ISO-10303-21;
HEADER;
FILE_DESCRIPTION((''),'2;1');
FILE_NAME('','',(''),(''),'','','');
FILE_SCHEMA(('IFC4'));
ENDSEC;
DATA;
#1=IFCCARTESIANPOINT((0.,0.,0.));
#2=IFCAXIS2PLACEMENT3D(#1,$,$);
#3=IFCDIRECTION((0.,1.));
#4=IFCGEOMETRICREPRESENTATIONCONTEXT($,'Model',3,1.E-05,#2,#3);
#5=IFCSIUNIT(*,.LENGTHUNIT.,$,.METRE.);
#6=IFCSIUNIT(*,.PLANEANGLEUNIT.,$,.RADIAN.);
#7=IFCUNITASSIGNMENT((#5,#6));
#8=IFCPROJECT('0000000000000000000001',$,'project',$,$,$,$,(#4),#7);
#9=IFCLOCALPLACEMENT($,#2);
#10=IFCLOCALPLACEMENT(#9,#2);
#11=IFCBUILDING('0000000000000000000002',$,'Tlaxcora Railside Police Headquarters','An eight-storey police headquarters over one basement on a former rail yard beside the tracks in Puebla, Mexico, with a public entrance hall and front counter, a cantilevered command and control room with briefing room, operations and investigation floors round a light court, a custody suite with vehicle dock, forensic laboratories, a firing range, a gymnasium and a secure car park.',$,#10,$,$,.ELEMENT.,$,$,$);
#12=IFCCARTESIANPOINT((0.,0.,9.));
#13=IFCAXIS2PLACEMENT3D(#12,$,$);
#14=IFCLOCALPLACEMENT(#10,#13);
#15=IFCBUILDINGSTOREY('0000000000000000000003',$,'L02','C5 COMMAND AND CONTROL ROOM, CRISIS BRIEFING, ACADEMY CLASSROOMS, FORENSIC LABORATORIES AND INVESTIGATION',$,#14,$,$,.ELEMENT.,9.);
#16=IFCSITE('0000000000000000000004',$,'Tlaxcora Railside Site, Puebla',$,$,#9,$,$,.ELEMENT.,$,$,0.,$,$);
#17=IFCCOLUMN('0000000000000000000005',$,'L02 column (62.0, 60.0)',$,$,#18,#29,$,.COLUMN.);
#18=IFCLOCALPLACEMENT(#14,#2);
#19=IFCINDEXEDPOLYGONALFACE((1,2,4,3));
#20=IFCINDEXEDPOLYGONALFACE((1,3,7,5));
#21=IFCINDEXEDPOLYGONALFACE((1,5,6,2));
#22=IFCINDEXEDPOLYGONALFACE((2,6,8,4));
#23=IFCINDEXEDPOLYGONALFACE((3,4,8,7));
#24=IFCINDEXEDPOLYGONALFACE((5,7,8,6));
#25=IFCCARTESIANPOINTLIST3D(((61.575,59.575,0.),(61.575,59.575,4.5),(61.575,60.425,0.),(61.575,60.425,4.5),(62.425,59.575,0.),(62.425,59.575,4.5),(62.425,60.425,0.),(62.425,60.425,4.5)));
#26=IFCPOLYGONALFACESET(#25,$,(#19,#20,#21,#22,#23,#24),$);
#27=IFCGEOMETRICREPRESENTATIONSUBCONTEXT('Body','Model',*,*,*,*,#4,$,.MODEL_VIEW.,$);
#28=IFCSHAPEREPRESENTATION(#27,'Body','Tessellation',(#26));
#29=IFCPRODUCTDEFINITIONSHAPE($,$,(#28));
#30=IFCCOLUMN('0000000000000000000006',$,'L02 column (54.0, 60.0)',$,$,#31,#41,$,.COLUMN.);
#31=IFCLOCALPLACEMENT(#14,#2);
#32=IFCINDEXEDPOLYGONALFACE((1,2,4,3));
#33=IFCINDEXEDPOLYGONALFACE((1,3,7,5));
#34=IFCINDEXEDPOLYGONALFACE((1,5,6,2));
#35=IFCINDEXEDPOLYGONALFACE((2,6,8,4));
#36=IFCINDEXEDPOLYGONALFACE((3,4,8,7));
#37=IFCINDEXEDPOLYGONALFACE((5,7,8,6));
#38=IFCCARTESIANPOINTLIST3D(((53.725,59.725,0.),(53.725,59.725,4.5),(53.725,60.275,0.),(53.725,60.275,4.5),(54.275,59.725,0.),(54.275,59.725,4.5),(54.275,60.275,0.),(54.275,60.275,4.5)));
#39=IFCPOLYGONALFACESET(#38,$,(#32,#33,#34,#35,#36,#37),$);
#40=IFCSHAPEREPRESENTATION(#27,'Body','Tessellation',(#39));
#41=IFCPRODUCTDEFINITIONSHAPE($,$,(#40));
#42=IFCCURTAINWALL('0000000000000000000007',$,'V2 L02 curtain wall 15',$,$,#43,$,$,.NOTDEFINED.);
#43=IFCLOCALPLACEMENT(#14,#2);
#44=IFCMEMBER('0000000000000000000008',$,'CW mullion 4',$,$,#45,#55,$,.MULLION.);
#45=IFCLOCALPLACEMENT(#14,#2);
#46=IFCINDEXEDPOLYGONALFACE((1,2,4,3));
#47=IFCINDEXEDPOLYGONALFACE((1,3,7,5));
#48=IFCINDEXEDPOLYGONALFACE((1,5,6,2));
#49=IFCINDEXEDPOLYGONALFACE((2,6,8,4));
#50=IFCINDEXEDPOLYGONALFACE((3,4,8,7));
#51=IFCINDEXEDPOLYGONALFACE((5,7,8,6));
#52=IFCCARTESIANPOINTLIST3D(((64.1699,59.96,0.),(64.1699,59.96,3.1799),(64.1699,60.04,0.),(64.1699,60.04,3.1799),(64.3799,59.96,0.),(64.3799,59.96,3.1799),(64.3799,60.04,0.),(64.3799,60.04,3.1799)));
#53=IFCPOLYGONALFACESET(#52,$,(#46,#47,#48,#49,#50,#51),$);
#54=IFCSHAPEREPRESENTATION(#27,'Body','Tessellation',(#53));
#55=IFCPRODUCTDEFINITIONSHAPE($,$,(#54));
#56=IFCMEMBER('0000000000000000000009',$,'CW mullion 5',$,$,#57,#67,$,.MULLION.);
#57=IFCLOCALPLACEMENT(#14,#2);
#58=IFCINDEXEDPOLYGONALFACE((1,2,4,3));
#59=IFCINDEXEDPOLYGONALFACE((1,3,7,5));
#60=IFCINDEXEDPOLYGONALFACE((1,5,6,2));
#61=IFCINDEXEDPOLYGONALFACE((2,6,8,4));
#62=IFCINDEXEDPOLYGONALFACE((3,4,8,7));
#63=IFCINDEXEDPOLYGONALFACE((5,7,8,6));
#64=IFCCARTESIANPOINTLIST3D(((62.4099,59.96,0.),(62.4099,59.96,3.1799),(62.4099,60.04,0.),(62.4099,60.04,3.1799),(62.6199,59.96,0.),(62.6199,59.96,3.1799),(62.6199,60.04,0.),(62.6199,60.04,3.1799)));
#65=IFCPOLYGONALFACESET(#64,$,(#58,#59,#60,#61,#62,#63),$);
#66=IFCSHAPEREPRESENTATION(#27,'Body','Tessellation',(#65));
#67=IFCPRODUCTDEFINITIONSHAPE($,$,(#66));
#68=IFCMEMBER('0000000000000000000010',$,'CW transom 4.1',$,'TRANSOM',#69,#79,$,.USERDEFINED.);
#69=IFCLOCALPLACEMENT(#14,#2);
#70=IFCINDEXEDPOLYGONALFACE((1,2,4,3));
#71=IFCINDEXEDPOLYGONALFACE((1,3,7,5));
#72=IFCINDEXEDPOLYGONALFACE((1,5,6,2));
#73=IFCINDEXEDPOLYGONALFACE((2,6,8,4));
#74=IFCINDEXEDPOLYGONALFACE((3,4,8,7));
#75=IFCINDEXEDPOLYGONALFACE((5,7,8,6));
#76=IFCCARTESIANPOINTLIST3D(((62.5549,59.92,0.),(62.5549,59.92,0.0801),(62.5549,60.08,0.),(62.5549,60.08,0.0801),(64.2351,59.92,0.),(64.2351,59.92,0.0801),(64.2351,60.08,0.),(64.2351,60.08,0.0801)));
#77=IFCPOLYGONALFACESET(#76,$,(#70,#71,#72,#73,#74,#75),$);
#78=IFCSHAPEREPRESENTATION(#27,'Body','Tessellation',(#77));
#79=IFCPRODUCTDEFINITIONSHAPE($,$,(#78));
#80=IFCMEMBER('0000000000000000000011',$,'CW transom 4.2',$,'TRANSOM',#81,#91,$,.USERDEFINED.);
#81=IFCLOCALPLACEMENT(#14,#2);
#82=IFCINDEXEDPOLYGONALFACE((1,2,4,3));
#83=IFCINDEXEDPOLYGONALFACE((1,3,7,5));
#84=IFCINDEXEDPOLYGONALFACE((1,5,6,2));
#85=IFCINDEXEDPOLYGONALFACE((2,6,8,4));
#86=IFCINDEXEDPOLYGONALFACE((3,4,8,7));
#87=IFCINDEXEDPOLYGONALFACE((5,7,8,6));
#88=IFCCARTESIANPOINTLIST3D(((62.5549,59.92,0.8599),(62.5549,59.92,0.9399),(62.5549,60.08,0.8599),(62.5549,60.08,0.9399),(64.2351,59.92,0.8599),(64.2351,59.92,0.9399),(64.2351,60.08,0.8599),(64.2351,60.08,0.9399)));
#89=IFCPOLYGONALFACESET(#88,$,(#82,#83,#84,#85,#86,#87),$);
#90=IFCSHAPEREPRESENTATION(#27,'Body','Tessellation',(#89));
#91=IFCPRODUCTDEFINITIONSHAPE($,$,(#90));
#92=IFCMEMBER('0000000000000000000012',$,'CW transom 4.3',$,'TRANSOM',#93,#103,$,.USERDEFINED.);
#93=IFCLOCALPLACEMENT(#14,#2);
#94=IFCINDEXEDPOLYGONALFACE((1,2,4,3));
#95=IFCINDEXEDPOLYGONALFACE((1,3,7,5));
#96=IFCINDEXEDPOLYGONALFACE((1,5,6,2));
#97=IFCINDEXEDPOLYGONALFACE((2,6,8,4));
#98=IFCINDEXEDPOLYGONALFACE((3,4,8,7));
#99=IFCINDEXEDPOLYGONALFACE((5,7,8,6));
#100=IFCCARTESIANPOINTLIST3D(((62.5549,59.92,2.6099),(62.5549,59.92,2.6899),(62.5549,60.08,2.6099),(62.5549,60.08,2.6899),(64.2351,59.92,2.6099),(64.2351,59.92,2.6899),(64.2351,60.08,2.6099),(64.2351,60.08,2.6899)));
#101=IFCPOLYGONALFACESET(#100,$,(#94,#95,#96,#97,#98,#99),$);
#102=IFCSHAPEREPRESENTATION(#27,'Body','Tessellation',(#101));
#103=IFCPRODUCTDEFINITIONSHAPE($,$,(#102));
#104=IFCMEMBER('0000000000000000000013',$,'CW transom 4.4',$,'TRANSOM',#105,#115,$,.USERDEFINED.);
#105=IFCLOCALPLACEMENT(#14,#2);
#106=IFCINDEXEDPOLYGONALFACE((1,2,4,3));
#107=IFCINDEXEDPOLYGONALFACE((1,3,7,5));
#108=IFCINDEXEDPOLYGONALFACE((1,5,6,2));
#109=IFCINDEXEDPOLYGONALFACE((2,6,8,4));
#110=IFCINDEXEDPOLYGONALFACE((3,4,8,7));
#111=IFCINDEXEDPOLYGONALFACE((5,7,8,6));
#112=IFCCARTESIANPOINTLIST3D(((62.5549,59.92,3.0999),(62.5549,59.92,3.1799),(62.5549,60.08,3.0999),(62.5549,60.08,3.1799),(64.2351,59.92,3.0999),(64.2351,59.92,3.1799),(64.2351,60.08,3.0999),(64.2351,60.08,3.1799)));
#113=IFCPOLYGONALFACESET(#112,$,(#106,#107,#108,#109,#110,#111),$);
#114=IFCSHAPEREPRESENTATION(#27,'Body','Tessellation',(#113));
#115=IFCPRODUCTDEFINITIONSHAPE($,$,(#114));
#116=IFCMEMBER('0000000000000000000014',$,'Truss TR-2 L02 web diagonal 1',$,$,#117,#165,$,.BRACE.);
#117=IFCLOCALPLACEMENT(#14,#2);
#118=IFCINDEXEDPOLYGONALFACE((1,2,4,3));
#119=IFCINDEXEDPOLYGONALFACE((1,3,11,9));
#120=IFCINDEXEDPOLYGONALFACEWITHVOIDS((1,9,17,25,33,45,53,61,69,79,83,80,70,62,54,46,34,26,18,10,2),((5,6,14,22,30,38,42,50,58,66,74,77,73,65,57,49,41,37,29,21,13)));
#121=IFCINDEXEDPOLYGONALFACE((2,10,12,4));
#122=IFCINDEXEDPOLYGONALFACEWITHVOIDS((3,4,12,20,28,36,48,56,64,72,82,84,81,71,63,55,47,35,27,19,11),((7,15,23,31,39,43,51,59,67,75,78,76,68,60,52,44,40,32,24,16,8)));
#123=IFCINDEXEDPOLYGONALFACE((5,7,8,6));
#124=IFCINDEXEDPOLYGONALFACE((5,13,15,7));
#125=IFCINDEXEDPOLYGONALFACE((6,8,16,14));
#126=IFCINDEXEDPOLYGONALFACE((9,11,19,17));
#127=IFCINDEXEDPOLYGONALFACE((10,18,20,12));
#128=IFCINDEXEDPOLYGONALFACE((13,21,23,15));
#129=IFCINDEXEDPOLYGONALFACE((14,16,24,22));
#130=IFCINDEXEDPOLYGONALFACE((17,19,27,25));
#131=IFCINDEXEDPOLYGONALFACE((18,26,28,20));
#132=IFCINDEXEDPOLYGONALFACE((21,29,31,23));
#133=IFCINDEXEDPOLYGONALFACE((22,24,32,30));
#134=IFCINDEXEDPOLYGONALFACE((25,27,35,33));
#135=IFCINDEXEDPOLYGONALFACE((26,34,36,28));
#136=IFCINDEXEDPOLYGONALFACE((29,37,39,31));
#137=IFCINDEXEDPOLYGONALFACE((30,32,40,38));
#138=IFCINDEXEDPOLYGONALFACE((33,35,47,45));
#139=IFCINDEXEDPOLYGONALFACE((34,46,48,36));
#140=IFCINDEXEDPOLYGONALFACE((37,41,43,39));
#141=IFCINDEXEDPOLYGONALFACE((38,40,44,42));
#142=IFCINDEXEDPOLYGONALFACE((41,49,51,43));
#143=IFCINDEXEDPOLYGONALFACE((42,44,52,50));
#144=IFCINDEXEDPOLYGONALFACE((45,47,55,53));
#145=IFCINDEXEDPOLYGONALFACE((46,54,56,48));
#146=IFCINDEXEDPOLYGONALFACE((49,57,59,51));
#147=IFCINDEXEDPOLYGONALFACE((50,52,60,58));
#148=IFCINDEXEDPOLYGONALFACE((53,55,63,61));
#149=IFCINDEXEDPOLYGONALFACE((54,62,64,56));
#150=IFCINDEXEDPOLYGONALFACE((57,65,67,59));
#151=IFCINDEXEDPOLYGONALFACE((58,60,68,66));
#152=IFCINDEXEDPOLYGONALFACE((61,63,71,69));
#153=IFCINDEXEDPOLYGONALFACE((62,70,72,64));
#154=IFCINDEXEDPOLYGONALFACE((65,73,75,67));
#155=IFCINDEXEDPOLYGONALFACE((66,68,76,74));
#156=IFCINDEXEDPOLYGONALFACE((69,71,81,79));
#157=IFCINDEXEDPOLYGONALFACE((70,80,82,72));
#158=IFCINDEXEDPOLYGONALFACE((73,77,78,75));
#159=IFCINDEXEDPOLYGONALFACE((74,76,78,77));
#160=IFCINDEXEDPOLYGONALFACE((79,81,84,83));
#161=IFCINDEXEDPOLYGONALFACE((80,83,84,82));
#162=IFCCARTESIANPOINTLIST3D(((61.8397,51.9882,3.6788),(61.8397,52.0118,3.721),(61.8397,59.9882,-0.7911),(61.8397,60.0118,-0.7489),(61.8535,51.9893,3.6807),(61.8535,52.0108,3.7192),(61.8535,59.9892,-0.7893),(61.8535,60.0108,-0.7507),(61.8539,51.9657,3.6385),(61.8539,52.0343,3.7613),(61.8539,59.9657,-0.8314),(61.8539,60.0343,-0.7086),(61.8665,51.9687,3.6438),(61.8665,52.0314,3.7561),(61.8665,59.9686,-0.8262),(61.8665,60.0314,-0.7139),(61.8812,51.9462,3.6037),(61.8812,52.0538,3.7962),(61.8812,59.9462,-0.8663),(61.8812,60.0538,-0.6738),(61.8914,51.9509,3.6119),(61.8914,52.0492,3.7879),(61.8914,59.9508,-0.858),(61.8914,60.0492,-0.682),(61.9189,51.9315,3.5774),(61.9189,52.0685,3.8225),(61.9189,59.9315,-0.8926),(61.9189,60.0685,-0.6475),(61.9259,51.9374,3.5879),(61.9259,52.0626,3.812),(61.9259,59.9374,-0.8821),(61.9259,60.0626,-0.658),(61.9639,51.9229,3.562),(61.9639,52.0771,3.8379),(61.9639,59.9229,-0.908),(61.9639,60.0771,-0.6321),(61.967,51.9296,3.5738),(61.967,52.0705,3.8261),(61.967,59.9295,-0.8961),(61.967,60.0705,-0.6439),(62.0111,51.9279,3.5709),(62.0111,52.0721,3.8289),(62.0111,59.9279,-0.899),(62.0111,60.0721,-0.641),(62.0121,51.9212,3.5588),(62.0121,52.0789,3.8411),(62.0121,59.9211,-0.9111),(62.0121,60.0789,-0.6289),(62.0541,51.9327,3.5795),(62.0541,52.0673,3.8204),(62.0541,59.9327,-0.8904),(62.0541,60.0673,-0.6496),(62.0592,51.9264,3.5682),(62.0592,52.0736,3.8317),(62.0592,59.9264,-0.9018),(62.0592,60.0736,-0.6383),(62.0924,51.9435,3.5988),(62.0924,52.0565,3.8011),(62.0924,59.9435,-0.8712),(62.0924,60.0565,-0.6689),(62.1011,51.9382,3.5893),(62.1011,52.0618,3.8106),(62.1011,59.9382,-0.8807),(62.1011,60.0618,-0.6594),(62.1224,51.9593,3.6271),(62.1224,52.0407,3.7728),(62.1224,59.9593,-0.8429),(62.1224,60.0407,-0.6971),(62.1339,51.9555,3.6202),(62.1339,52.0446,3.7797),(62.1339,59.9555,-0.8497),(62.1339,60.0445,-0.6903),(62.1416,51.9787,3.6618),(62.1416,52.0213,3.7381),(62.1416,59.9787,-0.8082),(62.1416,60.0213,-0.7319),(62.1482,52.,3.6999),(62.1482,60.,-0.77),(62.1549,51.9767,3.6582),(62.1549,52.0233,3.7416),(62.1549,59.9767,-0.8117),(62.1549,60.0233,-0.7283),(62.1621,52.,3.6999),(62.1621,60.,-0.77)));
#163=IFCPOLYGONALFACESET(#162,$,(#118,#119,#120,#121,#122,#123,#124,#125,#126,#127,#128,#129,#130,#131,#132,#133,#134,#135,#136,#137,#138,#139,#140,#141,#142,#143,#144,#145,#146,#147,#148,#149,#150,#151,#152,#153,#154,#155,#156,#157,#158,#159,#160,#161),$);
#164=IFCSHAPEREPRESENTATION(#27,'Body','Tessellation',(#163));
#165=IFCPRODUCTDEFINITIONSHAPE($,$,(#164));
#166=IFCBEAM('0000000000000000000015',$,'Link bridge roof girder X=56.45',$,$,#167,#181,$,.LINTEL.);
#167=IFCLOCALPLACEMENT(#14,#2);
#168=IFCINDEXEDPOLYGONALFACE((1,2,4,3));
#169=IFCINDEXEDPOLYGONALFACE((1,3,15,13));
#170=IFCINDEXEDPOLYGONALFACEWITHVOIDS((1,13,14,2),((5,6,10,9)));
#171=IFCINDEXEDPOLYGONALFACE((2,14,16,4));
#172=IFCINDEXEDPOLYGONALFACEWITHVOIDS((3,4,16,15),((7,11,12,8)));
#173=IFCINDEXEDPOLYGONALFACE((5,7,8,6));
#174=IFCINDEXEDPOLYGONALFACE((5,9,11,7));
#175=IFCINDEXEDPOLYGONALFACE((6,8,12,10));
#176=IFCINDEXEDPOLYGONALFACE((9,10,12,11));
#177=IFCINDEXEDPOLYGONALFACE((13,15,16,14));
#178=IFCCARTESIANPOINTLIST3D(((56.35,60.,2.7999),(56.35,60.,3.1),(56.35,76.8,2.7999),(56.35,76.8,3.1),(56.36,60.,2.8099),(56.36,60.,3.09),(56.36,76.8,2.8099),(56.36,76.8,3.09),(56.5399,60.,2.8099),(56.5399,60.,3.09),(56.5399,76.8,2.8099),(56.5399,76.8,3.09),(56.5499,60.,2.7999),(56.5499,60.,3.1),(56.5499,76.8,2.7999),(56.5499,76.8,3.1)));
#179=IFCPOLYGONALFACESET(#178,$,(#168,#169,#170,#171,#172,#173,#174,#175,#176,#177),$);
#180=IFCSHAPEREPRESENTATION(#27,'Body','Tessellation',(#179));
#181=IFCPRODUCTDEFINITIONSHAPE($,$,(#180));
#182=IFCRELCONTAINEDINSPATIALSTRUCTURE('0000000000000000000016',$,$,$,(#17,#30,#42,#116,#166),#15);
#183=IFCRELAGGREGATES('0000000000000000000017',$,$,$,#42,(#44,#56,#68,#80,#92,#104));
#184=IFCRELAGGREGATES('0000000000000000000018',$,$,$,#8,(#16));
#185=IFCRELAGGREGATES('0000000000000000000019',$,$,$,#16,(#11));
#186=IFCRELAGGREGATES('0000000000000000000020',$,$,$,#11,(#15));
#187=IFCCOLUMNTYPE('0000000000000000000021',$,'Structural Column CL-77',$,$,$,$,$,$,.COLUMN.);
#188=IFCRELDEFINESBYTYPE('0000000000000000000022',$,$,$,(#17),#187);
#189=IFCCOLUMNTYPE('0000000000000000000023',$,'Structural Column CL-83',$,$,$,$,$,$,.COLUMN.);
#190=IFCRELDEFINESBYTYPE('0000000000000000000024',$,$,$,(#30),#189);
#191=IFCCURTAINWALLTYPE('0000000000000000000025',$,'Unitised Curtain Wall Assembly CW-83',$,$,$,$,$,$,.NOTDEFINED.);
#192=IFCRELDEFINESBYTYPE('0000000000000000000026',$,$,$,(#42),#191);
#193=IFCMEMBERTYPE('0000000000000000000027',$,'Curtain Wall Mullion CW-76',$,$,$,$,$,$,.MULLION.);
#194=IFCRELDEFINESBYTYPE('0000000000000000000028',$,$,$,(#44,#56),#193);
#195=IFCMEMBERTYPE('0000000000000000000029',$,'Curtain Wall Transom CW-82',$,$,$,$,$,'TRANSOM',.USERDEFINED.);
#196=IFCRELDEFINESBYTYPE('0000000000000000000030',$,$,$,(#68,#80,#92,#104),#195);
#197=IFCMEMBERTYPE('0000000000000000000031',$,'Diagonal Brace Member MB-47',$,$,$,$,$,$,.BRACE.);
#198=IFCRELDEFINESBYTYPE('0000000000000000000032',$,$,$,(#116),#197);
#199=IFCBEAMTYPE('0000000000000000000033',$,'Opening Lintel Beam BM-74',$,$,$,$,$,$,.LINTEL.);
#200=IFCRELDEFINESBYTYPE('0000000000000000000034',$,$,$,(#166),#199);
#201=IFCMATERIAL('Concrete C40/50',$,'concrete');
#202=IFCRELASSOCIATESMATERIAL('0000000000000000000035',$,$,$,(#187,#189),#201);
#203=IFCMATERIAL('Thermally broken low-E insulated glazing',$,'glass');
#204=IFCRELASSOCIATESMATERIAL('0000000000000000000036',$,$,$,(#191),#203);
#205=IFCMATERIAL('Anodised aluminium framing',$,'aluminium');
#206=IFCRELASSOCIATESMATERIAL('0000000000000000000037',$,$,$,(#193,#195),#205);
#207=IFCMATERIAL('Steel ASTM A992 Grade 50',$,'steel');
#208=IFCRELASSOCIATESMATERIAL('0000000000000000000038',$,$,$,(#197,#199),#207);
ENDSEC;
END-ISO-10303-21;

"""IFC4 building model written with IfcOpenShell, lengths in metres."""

from ifc_helpers import new_model, si_unit, direction, frame, origin, origin_2d, place, context, subcontext, project, spatial, rectangle, hollow_rectangle, hollow_circle, extrude, material, material_profile, profile_set, type_object, element, aggregate, save


model = new_model("IFC4")

# Units and contexts
model_context = context("Model", 3, precision=1e-05, world=origin(), true_north=direction((0.0, 1.0)))
body_context = subcontext(model_context, "Body", "Model", "MODEL_VIEW")
ifc_project = project(units=[si_unit("LENGTHUNIT", "METRE"), si_unit("PLANEANGLEUNIT", "RADIAN")], contexts=[model_context])

# Site, building, storey
site_placement = place(None, origin())
site = spatial("IfcSite", under=ifc_project, at=site_placement, Name="Tlaxcora Railside Site, Puebla", CompositionType="ELEMENT", RefElevation=0.0)
building_placement = place(site_placement, origin())
building = spatial("IfcBuilding", under=site, at=building_placement, Name="Tlaxcora Railside Police Headquarters", Description="An eight-storey police headquarters over one basement on a former rail yard beside the tracks in Puebla, Mexico, with a public entrance hall and front counter, a cantilevered command and control room with briefing room, operations and investigation floors round a light court, a custody suite with vehicle dock, forensic laboratories, a firing range, a gymnasium and a secure car park.", CompositionType="ELEMENT")
storey_placement = place(building_placement, frame((0.0, 0.0, 9.0)))
storey = spatial("IfcBuildingStorey", under=building, at=storey_placement, Name="L02", Description="C5 COMMAND AND CONTROL ROOM, CRISIS BRIEFING, ACADEMY CLASSROOMS, FORENSIC LABORATORIES AND INVESTIGATION", CompositionType="ELEMENT", Elevation=9.0)

# Columns
ifc_material_1 = material(Name="Concrete C40/50", Category="concrete")
ifc_material_profile_1 = material_profile(ifc_material_1, rectangle(XDim=0.8501, YDim=0.8501, at=origin_2d()), Name="RC850X850")
ifc_profile_set_1 = profile_set([ifc_material_profile_1], Name="Concrete C40/50")
column_type_1 = type_object("IfcColumnType", Name="Structural Column CL-77", PredefinedType="COLUMN", material=ifc_profile_set_1)
column_1_placement = place(storey_placement, frame((62.0, 60.0, 0.0), z_axis=(0.0, 0.0, 1.0), x_axis=(1.0, 0.0, 0.0)))
element("IfcColumn", 1, at=column_1_placement, inside=storey, type_object=column_type_1, Name="L02 column (62.0, 60.0)", PredefinedType="COLUMN", context=body_context, shape_type="SweptSolid", body=[
    extrude(rectangle(XDim=0.8501, YDim=0.8501, at=origin_2d()), origin(), (0.0, 0.0, 1.0), 4.5),
])
ifc_material_profile_2 = material_profile(ifc_material_1, rectangle(XDim=0.55, YDim=0.55, at=origin_2d()), Name="RC550X550")
ifc_profile_set_2 = profile_set([ifc_material_profile_2], Name="Concrete C40/50")
column_type_2 = type_object("IfcColumnType", Name="Structural Column CL-83", PredefinedType="COLUMN", material=ifc_profile_set_2)
column_2_placement = place(storey_placement, frame((54.0, 60.0, 0.0), z_axis=(0.0, 0.0, 1.0), x_axis=(1.0, 0.0, 0.0)))
element("IfcColumn", 2, at=column_2_placement, inside=storey, type_object=column_type_2, Name="L02 column (54.0, 60.0)", PredefinedType="COLUMN", context=body_context, shape_type="SweptSolid", body=[
    extrude(rectangle(XDim=0.55, YDim=0.55, at=origin_2d()), origin(), (0.0, 0.0, 1.0), 4.5),
])

# Curtain wall, members
ifc_material_2 = material(Name="Thermally broken low-E insulated glazing", Category="glass")
curtain_wall_type = type_object("IfcCurtainWallType", Name="Unitised Curtain Wall Assembly CW-83", PredefinedType="NOTDEFINED", material=ifc_material_2)
curtain_wall_placement = place(storey_placement, origin())
curtain_wall = element("IfcCurtainWall", 3, at=curtain_wall_placement, inside=storey, type_object=curtain_wall_type, Name="V2 L02 curtain wall 15", PredefinedType="NOTDEFINED")
ifc_material_3 = material(Name="Anodised aluminium framing", Category="aluminium")
ifc_material_profile_3 = material_profile(ifc_material_3, rectangle(XDim=0.0801, YDim=0.21, at=origin_2d()), Name="AL80X210")
ifc_profile_set_3 = profile_set([ifc_material_profile_3], Name="Anodised aluminium framing")
member_type_1 = type_object("IfcMemberType", Name="Curtain Wall Mullion CW-76", PredefinedType="MULLION", material=ifc_profile_set_3)
member_1_placement = place(storey_placement, frame((64.2749, 60.0, 0.0), z_axis=(0.0, 0.0, 1.0), x_axis=(0.0, -1.0, 0.0)))
member_1 = element("IfcMember", 4, at=member_1_placement, type_object=member_type_1, Name="CW mullion 4", PredefinedType="MULLION", context=body_context, shape_type="SweptSolid", body=[
    extrude(rectangle(XDim=0.0801, YDim=0.21, at=origin_2d()), origin(), (0.0, 0.0, 1.0), 3.1799),
])
member_2_placement = place(storey_placement, frame((62.5149, 60.0, 0.0), z_axis=(0.0, 0.0, 1.0), x_axis=(0.0, -1.0, 0.0)))
member_2 = element("IfcMember", 5, at=member_2_placement, type_object=member_type_1, Name="CW mullion 5", PredefinedType="MULLION", context=body_context, shape_type="SweptSolid", body=[
    extrude(rectangle(XDim=0.0801, YDim=0.21, at=origin_2d()), origin(), (0.0, 0.0, 1.0), 3.1799),
])
ifc_material_profile_4 = material_profile(ifc_material_3, rectangle(XDim=0.1599, YDim=0.0801, at=origin_2d()), Name="AL80X160")
ifc_profile_set_4 = profile_set([ifc_material_profile_4], Name="Anodised aluminium framing")
member_type_2 = type_object("IfcMemberType", Name="Curtain Wall Transom CW-82", ElementType="TRANSOM", PredefinedType="USERDEFINED", material=ifc_profile_set_4)
member_3_placement = place(storey_placement, frame((64.2351, 60.0, 0.04), z_axis=(-1.0, 0.0, 0.0), x_axis=(0.0, -1.0, 0.0)))
member_3 = element("IfcMember", 6, at=member_3_placement, type_object=member_type_2, Name="CW transom 4.1", ObjectType="TRANSOM", PredefinedType="USERDEFINED", context=body_context, shape_type="SweptSolid", body=[
    extrude(rectangle(XDim=0.1599, YDim=0.0801, at=origin_2d()), origin(), (0.0, 0.0, 1.0), 1.6802),
])
member_4_placement = place(storey_placement, frame((64.2351, 60.0, 0.8999), z_axis=(-1.0, 0.0, 0.0), x_axis=(0.0, -1.0, 0.0)))
member_4 = element("IfcMember", 7, at=member_4_placement, type_object=member_type_2, Name="CW transom 4.2", ObjectType="TRANSOM", PredefinedType="USERDEFINED", context=body_context, shape_type="SweptSolid", body=[
    extrude(rectangle(XDim=0.1599, YDim=0.0801, at=origin_2d()), origin(), (0.0, 0.0, 1.0), 1.6802),
])
member_5_placement = place(storey_placement, frame((64.2351, 60.0, 2.6499), z_axis=(-1.0, 0.0, 0.0), x_axis=(0.0, -1.0, 0.0)))
member_5 = element("IfcMember", 8, at=member_5_placement, type_object=member_type_2, Name="CW transom 4.3", ObjectType="TRANSOM", PredefinedType="USERDEFINED", context=body_context, shape_type="SweptSolid", body=[
    extrude(rectangle(XDim=0.1599, YDim=0.0801, at=origin_2d()), origin(), (0.0, 0.0, 1.0), 1.6802),
])
member_6_placement = place(storey_placement, frame((64.2351, 60.0, 3.1399), z_axis=(-1.0, 0.0, 0.0), x_axis=(0.0, -1.0, 0.0)))
member_6 = element("IfcMember", 9, at=member_6_placement, type_object=member_type_2, Name="CW transom 4.4", ObjectType="TRANSOM", PredefinedType="USERDEFINED", context=body_context, shape_type="SweptSolid", body=[
    extrude(rectangle(XDim=0.1599, YDim=0.0801, at=origin_2d()), origin(), (0.0, 0.0, 1.0), 1.6802),
])

# Member
ifc_material_4 = material(Name="Steel ASTM A992 Grade 50", Category="steel")
ifc_material_profile_5 = material_profile(ifc_material_4, hollow_circle(Radius=0.1621, WallThickness=0.0139, at=origin_2d()), Name="CHS324X14")
ifc_profile_set_5 = profile_set([ifc_material_profile_5], Name="Steel ASTM A992 Grade 50")
member_type_3 = type_object("IfcMemberType", Name="Diagonal Brace Member MB-47", PredefinedType="BRACE", material=ifc_profile_set_5)
member_7_placement = place(storey_placement, frame((62.0, 60.0, -0.77), z_axis=(0.0, -0.872972, 0.48777), x_axis=(1.0, 0.0, 0.0)))
element("IfcMember", 10, at=member_7_placement, inside=storey, type_object=member_type_3, Name="Truss TR-2 L02 web diagonal 1", PredefinedType="BRACE", context=body_context, shape_type="SweptSolid", body=[
    extrude(hollow_circle(Radius=0.1621, WallThickness=0.0139, at=origin_2d()), origin(), (0.0, 0.0, 1.0), 9.1641),
])

# Beam
ifc_material_profile_6 = material_profile(ifc_material_4, hollow_rectangle(XDim=0.2, YDim=0.3, WallThickness=0.01, at=origin_2d()), Name="HSS300X200X10")
ifc_profile_set_6 = profile_set([ifc_material_profile_6], Name="Steel ASTM A992 Grade 50")
beam_type_1 = type_object("IfcBeamType", Name="Opening Lintel Beam BM-74", PredefinedType="LINTEL", material=ifc_profile_set_6)
for number, where, z_axis, x_axis, name in (
    (11, (56.45, 60.0, 2.95), (0.0, 1.0, 0.0), (-1.0, 0.0, 0.0), "Link bridge roof girder X=56.45"),
):
    element("IfcBeam", number, at=place(storey_placement, frame(where, z_axis=z_axis, x_axis=x_axis)), inside=storey, type_object=beam_type_1, Name=name, PredefinedType="LINTEL", context=body_context, shape_type="SweptSolid", body=[
        extrude(hollow_rectangle(XDim=0.2, YDim=0.3, WallThickness=0.01, at=origin_2d()), origin(), (0.0, 0.0, 1.0), 16.8),
    ])

aggregate(curtain_wall, [member_1, member_2, member_3, member_4, member_5, member_6])

save(model, "model.ifc")
